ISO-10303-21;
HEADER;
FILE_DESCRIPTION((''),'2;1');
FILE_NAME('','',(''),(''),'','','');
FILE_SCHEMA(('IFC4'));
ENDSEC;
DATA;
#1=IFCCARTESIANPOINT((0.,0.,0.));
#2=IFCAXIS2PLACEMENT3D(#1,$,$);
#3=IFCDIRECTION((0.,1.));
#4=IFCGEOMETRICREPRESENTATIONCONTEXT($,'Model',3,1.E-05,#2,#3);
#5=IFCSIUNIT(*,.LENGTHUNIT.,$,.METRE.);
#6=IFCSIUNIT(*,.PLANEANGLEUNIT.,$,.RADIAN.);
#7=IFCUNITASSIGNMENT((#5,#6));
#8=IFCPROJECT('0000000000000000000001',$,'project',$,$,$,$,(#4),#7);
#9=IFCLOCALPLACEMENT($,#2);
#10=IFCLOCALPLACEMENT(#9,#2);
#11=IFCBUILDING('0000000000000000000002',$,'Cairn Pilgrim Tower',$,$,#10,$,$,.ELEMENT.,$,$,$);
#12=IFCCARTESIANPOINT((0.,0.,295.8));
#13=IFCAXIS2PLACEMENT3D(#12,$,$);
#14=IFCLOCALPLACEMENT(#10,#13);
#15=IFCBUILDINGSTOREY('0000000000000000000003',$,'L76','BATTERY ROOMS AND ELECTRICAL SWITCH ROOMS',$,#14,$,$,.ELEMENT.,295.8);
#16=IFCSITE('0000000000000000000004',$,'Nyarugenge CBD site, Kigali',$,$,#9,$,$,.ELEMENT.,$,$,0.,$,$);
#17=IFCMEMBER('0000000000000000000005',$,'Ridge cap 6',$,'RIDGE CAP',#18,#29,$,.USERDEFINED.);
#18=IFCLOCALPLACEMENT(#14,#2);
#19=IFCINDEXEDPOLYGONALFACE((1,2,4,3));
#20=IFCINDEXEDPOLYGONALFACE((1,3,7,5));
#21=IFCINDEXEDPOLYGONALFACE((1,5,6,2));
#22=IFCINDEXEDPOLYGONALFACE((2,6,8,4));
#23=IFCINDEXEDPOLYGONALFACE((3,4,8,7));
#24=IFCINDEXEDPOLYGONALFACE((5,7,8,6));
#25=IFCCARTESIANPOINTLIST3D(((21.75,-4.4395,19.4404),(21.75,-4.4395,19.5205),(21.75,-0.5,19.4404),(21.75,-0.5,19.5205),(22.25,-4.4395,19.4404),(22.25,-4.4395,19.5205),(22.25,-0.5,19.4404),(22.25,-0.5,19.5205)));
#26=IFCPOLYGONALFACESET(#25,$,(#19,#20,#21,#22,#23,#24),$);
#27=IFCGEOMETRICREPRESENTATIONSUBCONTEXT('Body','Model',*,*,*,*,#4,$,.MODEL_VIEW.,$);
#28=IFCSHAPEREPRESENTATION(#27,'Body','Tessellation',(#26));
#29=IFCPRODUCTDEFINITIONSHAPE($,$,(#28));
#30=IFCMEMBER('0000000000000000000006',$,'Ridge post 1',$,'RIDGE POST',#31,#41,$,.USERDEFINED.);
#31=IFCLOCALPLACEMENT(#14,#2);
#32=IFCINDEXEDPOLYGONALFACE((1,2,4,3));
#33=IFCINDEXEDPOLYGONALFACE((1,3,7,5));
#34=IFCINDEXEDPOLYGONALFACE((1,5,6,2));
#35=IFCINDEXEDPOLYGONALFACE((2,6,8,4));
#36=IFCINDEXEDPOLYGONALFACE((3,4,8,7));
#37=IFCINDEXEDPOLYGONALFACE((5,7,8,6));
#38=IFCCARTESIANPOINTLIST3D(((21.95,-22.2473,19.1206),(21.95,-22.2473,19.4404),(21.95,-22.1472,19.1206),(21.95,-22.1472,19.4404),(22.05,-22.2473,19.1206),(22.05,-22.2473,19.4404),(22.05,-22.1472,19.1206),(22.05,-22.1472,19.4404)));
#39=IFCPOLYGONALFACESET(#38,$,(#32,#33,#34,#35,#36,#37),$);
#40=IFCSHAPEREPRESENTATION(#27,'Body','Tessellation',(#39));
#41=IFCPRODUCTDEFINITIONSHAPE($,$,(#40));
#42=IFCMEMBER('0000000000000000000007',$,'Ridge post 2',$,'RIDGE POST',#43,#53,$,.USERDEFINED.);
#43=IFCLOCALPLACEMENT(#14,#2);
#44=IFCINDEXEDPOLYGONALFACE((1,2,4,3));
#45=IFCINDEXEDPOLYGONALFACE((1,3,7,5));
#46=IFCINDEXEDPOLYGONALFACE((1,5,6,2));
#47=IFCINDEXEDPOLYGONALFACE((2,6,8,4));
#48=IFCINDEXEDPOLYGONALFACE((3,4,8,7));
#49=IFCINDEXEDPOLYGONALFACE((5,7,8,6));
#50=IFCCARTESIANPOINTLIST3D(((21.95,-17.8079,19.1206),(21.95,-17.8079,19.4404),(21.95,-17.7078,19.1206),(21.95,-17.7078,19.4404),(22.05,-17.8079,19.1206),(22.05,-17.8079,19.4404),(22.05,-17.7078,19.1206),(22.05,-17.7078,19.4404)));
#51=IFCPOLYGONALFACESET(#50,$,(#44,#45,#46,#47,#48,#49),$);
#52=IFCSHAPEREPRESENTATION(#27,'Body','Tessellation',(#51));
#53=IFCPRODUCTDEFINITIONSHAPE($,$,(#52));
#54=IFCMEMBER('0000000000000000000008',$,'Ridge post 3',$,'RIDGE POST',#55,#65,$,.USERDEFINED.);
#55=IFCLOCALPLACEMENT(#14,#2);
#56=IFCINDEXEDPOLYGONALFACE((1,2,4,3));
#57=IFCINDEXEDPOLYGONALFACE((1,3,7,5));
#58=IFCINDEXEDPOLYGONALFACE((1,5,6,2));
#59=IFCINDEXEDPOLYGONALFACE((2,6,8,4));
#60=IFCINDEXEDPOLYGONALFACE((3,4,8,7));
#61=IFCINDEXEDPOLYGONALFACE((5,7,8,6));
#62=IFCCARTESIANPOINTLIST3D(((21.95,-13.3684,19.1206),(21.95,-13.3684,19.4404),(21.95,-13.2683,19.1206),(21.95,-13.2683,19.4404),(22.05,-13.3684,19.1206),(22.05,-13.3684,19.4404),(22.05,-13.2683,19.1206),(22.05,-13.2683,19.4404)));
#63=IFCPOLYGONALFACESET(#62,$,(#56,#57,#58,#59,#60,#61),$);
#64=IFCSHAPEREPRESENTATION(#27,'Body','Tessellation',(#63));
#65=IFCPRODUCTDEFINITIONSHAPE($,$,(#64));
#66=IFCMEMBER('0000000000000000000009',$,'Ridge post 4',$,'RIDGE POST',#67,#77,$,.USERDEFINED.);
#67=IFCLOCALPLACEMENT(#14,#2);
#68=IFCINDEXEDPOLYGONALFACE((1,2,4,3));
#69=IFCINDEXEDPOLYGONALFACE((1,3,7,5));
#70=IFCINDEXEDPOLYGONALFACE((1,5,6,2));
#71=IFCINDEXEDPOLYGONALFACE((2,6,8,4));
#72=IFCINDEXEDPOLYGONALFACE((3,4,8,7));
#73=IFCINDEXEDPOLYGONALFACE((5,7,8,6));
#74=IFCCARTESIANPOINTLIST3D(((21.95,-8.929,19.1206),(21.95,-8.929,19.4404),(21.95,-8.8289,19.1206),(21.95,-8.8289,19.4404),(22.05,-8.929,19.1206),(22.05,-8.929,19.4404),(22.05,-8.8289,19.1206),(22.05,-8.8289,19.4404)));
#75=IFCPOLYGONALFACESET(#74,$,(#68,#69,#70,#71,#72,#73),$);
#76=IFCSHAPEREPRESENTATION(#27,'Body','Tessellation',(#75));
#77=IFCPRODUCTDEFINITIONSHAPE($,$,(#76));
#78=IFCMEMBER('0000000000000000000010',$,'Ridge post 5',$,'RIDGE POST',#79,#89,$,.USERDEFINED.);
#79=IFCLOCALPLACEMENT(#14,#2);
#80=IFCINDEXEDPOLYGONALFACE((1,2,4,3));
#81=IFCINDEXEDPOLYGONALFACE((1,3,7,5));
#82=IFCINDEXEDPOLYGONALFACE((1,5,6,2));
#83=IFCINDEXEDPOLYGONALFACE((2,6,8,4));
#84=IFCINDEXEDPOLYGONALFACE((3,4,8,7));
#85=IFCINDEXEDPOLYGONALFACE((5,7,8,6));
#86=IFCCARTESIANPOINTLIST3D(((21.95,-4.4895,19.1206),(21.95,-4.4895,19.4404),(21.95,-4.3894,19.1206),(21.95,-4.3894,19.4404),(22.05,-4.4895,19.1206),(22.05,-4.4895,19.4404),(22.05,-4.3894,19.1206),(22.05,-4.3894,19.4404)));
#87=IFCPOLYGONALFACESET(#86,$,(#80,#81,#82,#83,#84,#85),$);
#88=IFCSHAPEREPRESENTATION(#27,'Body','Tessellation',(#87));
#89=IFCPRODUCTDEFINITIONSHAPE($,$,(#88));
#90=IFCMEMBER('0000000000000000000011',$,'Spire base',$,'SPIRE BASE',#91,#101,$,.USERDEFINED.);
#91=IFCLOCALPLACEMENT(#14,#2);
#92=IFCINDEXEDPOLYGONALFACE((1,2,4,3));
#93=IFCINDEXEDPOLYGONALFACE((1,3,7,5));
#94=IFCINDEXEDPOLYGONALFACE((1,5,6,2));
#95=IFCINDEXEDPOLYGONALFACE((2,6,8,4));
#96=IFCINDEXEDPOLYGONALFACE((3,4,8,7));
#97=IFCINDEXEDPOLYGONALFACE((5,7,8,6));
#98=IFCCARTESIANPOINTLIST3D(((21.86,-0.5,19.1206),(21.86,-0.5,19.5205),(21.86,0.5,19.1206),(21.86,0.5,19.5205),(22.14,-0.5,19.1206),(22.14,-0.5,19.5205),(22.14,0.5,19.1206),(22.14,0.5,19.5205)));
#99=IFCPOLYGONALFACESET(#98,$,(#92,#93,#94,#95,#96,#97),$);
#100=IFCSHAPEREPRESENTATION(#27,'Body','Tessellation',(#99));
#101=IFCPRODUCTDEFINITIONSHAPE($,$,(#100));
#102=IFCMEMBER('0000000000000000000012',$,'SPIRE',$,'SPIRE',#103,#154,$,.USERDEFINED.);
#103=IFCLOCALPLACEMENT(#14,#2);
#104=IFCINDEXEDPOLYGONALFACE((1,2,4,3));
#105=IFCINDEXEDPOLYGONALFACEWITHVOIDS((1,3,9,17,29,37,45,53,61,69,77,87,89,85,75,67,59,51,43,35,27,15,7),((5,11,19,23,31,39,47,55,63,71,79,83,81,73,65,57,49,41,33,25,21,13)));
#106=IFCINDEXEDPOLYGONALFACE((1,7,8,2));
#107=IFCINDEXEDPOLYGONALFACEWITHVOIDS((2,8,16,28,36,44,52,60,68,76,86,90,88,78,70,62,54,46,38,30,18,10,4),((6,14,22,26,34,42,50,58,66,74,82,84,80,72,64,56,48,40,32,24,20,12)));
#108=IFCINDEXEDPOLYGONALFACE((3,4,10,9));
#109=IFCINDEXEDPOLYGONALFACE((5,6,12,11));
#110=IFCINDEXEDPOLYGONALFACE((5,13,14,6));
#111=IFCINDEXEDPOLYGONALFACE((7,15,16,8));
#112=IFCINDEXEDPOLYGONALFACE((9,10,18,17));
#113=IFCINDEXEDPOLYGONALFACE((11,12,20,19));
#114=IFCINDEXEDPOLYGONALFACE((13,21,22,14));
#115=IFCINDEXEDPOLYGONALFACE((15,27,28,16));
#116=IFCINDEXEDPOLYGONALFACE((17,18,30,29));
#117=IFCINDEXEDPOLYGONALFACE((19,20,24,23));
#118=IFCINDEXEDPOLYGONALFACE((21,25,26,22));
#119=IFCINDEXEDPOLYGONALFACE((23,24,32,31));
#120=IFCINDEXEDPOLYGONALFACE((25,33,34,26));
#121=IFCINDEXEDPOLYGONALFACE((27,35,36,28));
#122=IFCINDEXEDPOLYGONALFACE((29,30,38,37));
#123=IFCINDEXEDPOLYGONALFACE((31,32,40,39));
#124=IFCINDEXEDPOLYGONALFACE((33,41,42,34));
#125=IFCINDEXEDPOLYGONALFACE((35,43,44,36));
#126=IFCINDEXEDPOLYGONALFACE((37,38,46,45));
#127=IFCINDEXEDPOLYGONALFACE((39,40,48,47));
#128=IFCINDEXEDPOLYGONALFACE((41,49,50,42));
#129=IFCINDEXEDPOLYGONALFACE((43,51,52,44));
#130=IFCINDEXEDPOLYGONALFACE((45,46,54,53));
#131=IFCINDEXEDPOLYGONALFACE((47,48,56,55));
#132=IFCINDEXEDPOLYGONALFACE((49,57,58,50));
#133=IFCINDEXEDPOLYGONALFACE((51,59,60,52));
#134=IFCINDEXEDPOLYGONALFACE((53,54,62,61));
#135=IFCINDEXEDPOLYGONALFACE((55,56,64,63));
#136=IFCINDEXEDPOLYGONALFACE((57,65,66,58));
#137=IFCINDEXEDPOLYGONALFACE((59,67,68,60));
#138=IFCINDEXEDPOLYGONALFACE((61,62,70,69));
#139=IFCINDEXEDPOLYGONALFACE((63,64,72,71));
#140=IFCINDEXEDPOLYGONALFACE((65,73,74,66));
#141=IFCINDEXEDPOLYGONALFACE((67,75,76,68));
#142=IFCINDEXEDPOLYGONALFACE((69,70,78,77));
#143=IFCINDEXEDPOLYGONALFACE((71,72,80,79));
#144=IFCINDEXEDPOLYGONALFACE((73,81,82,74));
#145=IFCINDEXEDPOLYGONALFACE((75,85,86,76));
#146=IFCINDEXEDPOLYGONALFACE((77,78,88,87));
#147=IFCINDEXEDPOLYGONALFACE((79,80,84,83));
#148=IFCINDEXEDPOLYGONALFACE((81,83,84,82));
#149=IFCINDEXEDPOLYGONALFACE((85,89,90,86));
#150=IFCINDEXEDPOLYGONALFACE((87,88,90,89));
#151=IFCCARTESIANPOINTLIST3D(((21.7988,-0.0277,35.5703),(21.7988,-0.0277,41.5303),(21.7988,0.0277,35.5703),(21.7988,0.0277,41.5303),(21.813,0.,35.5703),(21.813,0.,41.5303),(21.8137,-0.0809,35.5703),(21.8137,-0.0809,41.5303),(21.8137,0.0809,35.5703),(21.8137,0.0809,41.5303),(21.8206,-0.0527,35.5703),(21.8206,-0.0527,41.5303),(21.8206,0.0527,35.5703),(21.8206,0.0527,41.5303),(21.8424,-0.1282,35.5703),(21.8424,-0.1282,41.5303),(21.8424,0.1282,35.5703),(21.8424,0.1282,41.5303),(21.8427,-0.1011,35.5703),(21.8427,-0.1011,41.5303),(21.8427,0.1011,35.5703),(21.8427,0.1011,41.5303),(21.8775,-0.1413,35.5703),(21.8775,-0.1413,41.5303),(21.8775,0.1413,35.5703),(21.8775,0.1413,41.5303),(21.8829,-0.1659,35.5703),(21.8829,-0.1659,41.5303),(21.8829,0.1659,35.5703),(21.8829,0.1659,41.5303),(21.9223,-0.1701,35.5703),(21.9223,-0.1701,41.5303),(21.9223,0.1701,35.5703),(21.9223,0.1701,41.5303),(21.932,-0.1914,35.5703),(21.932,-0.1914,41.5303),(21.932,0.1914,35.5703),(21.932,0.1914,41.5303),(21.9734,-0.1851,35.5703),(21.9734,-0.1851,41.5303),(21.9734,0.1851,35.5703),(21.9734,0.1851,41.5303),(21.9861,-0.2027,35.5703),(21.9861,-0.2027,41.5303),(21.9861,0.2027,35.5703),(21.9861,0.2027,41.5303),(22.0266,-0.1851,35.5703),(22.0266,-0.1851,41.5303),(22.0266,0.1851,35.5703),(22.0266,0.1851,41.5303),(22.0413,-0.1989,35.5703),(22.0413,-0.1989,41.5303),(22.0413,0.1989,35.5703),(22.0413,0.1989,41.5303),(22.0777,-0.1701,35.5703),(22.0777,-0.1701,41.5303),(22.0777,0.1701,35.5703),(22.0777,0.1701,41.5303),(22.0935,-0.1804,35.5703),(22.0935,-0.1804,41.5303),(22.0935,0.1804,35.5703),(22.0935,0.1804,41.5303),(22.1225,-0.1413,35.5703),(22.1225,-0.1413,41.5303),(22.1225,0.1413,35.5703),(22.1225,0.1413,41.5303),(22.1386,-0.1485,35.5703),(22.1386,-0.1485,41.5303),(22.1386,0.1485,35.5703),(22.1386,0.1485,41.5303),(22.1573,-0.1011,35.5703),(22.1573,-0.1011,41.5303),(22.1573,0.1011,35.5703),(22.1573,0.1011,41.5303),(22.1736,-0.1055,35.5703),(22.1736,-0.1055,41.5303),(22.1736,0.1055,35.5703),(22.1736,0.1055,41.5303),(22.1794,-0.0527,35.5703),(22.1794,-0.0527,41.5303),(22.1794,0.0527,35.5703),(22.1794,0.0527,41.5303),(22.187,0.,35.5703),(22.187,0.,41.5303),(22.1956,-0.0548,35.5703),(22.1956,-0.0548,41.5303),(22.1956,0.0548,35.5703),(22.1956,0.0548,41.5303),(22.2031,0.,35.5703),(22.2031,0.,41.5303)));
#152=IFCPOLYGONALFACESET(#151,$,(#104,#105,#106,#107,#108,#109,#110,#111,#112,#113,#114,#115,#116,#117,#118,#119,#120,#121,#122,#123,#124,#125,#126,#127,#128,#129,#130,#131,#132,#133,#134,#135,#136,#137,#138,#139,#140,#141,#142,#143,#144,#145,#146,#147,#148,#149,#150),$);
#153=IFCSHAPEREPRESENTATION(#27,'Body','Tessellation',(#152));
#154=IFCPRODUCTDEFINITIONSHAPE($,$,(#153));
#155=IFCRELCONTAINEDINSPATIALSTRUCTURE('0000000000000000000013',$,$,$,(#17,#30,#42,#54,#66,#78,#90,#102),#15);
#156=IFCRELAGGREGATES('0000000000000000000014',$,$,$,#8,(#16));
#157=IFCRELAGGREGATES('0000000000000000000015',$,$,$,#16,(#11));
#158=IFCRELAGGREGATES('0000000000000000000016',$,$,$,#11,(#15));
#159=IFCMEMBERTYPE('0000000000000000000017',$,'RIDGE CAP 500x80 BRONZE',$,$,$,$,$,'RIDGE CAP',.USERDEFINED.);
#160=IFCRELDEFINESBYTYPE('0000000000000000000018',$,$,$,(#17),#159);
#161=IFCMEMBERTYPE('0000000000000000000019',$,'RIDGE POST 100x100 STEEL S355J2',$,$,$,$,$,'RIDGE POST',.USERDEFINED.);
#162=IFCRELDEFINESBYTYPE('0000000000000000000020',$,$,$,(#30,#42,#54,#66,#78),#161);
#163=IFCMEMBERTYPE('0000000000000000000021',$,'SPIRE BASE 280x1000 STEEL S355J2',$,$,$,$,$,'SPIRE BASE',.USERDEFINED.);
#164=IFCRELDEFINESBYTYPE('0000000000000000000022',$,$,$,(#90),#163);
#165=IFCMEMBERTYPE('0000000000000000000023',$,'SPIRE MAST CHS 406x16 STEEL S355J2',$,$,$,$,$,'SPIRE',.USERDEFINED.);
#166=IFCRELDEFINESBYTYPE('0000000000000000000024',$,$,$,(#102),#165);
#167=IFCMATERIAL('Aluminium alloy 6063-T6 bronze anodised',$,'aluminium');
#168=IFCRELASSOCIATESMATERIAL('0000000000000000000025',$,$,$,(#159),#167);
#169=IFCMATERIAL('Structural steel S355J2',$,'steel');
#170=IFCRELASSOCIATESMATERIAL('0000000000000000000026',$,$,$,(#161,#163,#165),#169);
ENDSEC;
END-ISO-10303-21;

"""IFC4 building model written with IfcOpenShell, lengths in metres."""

from ifc_helpers import new_model, si_unit, direction, frame, origin, origin_2d, place, context, subcontext, project, spatial, rectangle, hollow_circle, extrude, material, material_profile, profile_set, type_object, element, save


model = new_model("IFC4")

# Units and contexts
model_context = context("Model", 3, precision=1e-05, world=origin(), true_north=direction((0.0, 1.0)))
body_context = subcontext(model_context, "Body", "Model", "MODEL_VIEW")
ifc_project = project(units=[si_unit("LENGTHUNIT", "METRE"), si_unit("PLANEANGLEUNIT", "RADIAN")], contexts=[model_context])

# Site, building, storey
site_placement = place(None, origin())
site = spatial("IfcSite", under=ifc_project, at=site_placement, Name="Nyarugenge CBD site, Kigali", CompositionType="ELEMENT", RefElevation=0.0)
building_placement = place(site_placement, origin())
building = spatial("IfcBuilding", under=site, at=building_placement, Name="Cairn Pilgrim Tower", CompositionType="ELEMENT")
storey_placement = place(building_placement, frame((0.0, 0.0, 295.8)))
storey = spatial("IfcBuildingStorey", under=building, at=storey_placement, Name="L76", Description="BATTERY ROOMS AND ELECTRICAL SWITCH ROOMS", CompositionType="ELEMENT", Elevation=295.8)

# Shared definitions
ifc_material_1 = material(Name="Structural steel S355J2", Category="steel")

# Members
ifc_material_2 = material(Name="Aluminium alloy 6063-T6 bronze anodised", Category="aluminium")
ifc_material_profile_1 = material_profile(ifc_material_2, rectangle(XDim=0.5, YDim=0.0801, at=origin_2d()), Name="RIDGE CAP 500x80 BRONZE")
ifc_profile_set_1 = profile_set([ifc_material_profile_1], Name="Aluminium alloy 6063-T6 bronze anodised")
member_type_1 = type_object("IfcMemberType", Name="RIDGE CAP 500x80 BRONZE", ElementType="RIDGE CAP", PredefinedType="USERDEFINED", material=ifc_profile_set_1)
member_1_placement = place(storey_placement, frame((22.0, -4.4395, 19.4805), z_axis=(0.0, 1.0, 0.0), x_axis=(-1.0, 0.0, 0.0)))
element("IfcMember", 1, at=member_1_placement, inside=storey, type_object=member_type_1, Name="Ridge cap 6", ObjectType="RIDGE CAP", PredefinedType="USERDEFINED", context=body_context, shape_type="SweptSolid", body=[
    extrude(rectangle(XDim=0.5, YDim=0.0801, at=origin_2d()), origin(), (0.0, 0.0, 1.0), 3.9395),
])
ifc_material_profile_2 = material_profile(ifc_material_1, rectangle(XDim=0.1001, YDim=0.1001, at=origin_2d()), Name="RIDGE POST 100x100 STEEL S355J2")
ifc_profile_set_2 = profile_set([ifc_material_profile_2], Name="Structural steel S355J2")
member_type_2 = type_object("IfcMemberType", Name="RIDGE POST 100x100 STEEL S355J2", ElementType="RIDGE POST", PredefinedType="USERDEFINED", material=ifc_profile_set_2)
for number, where, z_axis, x_axis, name in (
    (2, (22.0, -22.1973, 19.1206), (0.0, 0.0, 1.0), (1.0, 0.0, 0.0), "Ridge post 1"),
    (3, (22.0, -17.7578, 19.1206), (0.0, 0.0, 1.0), (1.0, 0.0, 0.0), "Ridge post 2"),
    (4, (22.0, -13.3184, 19.1206), (0.0, 0.0, 1.0), (1.0, 0.0, 0.0), "Ridge post 3"),
    (5, (22.0, -8.8789, 19.1206), (0.0, 0.0, 1.0), (1.0, 0.0, 0.0), "Ridge post 4"),
    (6, (22.0, -4.4395, 19.1206), (0.0, 0.0, 1.0), (1.0, 0.0, 0.0), "Ridge post 5"),
):
    element("IfcMember", number, at=place(storey_placement, frame(where, z_axis=z_axis, x_axis=x_axis)), inside=storey, type_object=member_type_2, Name=name, ObjectType="RIDGE POST", PredefinedType="USERDEFINED", context=body_context, shape_type="SweptSolid", body=[
        extrude(rectangle(XDim=0.1001, YDim=0.1001, at=origin_2d()), origin(), (0.0, 0.0, 1.0), 0.3198),
    ])
ifc_material_profile_3 = material_profile(ifc_material_1, rectangle(XDim=0.28, YDim=1.0, at=origin_2d()), Name="SPIRE BASE 280x1000 STEEL S355J2")
ifc_profile_set_3 = profile_set([ifc_material_profile_3], Name="Structural steel S355J2")
member_type_3 = type_object("IfcMemberType", Name="SPIRE BASE 280x1000 STEEL S355J2", ElementType="SPIRE BASE", PredefinedType="USERDEFINED", material=ifc_profile_set_3)
member_2_placement = place(storey_placement, frame((22.0, 0.0, 19.1206), z_axis=(0.0, 0.0, 1.0), x_axis=(1.0, 0.0, 0.0)))
element("IfcMember", 7, at=member_2_placement, inside=storey, type_object=member_type_3, Name="Spire base", ObjectType="SPIRE BASE", PredefinedType="USERDEFINED", context=body_context, shape_type="SweptSolid", body=[
    extrude(rectangle(XDim=0.28, YDim=1.0, at=origin_2d()), origin(), (0.0, 0.0, 1.0), 0.3999),
])
ifc_material_profile_4 = material_profile(ifc_material_1, hollow_circle(Radius=0.2031, WallThickness=0.0161, at=origin_2d()), Name="SPIRE MAST CHS 406x16 STEEL S355J2")
ifc_profile_set_4 = profile_set([ifc_material_profile_4], Name="Structural steel S355J2")
member_type_4 = type_object("IfcMemberType", Name="SPIRE MAST CHS 406x16 STEEL S355J2", ElementType="SPIRE", PredefinedType="USERDEFINED", material=ifc_profile_set_4)
member_3_placement = place(storey_placement, frame((22.0, 0.0, 35.5703), z_axis=(0.0, 0.0, 1.0), x_axis=(1.0, 0.0, 0.0)))
element("IfcMember", 8, at=member_3_placement, inside=storey, type_object=member_type_4, Name="SPIRE", ObjectType="SPIRE", PredefinedType="USERDEFINED", context=body_context, shape_type="SweptSolid", body=[
    extrude(hollow_circle(Radius=0.2031, WallThickness=0.0161, at=origin_2d()), origin(), (0.0, 0.0, 1.0), 5.96),
])

save(model, "model.ifc")
